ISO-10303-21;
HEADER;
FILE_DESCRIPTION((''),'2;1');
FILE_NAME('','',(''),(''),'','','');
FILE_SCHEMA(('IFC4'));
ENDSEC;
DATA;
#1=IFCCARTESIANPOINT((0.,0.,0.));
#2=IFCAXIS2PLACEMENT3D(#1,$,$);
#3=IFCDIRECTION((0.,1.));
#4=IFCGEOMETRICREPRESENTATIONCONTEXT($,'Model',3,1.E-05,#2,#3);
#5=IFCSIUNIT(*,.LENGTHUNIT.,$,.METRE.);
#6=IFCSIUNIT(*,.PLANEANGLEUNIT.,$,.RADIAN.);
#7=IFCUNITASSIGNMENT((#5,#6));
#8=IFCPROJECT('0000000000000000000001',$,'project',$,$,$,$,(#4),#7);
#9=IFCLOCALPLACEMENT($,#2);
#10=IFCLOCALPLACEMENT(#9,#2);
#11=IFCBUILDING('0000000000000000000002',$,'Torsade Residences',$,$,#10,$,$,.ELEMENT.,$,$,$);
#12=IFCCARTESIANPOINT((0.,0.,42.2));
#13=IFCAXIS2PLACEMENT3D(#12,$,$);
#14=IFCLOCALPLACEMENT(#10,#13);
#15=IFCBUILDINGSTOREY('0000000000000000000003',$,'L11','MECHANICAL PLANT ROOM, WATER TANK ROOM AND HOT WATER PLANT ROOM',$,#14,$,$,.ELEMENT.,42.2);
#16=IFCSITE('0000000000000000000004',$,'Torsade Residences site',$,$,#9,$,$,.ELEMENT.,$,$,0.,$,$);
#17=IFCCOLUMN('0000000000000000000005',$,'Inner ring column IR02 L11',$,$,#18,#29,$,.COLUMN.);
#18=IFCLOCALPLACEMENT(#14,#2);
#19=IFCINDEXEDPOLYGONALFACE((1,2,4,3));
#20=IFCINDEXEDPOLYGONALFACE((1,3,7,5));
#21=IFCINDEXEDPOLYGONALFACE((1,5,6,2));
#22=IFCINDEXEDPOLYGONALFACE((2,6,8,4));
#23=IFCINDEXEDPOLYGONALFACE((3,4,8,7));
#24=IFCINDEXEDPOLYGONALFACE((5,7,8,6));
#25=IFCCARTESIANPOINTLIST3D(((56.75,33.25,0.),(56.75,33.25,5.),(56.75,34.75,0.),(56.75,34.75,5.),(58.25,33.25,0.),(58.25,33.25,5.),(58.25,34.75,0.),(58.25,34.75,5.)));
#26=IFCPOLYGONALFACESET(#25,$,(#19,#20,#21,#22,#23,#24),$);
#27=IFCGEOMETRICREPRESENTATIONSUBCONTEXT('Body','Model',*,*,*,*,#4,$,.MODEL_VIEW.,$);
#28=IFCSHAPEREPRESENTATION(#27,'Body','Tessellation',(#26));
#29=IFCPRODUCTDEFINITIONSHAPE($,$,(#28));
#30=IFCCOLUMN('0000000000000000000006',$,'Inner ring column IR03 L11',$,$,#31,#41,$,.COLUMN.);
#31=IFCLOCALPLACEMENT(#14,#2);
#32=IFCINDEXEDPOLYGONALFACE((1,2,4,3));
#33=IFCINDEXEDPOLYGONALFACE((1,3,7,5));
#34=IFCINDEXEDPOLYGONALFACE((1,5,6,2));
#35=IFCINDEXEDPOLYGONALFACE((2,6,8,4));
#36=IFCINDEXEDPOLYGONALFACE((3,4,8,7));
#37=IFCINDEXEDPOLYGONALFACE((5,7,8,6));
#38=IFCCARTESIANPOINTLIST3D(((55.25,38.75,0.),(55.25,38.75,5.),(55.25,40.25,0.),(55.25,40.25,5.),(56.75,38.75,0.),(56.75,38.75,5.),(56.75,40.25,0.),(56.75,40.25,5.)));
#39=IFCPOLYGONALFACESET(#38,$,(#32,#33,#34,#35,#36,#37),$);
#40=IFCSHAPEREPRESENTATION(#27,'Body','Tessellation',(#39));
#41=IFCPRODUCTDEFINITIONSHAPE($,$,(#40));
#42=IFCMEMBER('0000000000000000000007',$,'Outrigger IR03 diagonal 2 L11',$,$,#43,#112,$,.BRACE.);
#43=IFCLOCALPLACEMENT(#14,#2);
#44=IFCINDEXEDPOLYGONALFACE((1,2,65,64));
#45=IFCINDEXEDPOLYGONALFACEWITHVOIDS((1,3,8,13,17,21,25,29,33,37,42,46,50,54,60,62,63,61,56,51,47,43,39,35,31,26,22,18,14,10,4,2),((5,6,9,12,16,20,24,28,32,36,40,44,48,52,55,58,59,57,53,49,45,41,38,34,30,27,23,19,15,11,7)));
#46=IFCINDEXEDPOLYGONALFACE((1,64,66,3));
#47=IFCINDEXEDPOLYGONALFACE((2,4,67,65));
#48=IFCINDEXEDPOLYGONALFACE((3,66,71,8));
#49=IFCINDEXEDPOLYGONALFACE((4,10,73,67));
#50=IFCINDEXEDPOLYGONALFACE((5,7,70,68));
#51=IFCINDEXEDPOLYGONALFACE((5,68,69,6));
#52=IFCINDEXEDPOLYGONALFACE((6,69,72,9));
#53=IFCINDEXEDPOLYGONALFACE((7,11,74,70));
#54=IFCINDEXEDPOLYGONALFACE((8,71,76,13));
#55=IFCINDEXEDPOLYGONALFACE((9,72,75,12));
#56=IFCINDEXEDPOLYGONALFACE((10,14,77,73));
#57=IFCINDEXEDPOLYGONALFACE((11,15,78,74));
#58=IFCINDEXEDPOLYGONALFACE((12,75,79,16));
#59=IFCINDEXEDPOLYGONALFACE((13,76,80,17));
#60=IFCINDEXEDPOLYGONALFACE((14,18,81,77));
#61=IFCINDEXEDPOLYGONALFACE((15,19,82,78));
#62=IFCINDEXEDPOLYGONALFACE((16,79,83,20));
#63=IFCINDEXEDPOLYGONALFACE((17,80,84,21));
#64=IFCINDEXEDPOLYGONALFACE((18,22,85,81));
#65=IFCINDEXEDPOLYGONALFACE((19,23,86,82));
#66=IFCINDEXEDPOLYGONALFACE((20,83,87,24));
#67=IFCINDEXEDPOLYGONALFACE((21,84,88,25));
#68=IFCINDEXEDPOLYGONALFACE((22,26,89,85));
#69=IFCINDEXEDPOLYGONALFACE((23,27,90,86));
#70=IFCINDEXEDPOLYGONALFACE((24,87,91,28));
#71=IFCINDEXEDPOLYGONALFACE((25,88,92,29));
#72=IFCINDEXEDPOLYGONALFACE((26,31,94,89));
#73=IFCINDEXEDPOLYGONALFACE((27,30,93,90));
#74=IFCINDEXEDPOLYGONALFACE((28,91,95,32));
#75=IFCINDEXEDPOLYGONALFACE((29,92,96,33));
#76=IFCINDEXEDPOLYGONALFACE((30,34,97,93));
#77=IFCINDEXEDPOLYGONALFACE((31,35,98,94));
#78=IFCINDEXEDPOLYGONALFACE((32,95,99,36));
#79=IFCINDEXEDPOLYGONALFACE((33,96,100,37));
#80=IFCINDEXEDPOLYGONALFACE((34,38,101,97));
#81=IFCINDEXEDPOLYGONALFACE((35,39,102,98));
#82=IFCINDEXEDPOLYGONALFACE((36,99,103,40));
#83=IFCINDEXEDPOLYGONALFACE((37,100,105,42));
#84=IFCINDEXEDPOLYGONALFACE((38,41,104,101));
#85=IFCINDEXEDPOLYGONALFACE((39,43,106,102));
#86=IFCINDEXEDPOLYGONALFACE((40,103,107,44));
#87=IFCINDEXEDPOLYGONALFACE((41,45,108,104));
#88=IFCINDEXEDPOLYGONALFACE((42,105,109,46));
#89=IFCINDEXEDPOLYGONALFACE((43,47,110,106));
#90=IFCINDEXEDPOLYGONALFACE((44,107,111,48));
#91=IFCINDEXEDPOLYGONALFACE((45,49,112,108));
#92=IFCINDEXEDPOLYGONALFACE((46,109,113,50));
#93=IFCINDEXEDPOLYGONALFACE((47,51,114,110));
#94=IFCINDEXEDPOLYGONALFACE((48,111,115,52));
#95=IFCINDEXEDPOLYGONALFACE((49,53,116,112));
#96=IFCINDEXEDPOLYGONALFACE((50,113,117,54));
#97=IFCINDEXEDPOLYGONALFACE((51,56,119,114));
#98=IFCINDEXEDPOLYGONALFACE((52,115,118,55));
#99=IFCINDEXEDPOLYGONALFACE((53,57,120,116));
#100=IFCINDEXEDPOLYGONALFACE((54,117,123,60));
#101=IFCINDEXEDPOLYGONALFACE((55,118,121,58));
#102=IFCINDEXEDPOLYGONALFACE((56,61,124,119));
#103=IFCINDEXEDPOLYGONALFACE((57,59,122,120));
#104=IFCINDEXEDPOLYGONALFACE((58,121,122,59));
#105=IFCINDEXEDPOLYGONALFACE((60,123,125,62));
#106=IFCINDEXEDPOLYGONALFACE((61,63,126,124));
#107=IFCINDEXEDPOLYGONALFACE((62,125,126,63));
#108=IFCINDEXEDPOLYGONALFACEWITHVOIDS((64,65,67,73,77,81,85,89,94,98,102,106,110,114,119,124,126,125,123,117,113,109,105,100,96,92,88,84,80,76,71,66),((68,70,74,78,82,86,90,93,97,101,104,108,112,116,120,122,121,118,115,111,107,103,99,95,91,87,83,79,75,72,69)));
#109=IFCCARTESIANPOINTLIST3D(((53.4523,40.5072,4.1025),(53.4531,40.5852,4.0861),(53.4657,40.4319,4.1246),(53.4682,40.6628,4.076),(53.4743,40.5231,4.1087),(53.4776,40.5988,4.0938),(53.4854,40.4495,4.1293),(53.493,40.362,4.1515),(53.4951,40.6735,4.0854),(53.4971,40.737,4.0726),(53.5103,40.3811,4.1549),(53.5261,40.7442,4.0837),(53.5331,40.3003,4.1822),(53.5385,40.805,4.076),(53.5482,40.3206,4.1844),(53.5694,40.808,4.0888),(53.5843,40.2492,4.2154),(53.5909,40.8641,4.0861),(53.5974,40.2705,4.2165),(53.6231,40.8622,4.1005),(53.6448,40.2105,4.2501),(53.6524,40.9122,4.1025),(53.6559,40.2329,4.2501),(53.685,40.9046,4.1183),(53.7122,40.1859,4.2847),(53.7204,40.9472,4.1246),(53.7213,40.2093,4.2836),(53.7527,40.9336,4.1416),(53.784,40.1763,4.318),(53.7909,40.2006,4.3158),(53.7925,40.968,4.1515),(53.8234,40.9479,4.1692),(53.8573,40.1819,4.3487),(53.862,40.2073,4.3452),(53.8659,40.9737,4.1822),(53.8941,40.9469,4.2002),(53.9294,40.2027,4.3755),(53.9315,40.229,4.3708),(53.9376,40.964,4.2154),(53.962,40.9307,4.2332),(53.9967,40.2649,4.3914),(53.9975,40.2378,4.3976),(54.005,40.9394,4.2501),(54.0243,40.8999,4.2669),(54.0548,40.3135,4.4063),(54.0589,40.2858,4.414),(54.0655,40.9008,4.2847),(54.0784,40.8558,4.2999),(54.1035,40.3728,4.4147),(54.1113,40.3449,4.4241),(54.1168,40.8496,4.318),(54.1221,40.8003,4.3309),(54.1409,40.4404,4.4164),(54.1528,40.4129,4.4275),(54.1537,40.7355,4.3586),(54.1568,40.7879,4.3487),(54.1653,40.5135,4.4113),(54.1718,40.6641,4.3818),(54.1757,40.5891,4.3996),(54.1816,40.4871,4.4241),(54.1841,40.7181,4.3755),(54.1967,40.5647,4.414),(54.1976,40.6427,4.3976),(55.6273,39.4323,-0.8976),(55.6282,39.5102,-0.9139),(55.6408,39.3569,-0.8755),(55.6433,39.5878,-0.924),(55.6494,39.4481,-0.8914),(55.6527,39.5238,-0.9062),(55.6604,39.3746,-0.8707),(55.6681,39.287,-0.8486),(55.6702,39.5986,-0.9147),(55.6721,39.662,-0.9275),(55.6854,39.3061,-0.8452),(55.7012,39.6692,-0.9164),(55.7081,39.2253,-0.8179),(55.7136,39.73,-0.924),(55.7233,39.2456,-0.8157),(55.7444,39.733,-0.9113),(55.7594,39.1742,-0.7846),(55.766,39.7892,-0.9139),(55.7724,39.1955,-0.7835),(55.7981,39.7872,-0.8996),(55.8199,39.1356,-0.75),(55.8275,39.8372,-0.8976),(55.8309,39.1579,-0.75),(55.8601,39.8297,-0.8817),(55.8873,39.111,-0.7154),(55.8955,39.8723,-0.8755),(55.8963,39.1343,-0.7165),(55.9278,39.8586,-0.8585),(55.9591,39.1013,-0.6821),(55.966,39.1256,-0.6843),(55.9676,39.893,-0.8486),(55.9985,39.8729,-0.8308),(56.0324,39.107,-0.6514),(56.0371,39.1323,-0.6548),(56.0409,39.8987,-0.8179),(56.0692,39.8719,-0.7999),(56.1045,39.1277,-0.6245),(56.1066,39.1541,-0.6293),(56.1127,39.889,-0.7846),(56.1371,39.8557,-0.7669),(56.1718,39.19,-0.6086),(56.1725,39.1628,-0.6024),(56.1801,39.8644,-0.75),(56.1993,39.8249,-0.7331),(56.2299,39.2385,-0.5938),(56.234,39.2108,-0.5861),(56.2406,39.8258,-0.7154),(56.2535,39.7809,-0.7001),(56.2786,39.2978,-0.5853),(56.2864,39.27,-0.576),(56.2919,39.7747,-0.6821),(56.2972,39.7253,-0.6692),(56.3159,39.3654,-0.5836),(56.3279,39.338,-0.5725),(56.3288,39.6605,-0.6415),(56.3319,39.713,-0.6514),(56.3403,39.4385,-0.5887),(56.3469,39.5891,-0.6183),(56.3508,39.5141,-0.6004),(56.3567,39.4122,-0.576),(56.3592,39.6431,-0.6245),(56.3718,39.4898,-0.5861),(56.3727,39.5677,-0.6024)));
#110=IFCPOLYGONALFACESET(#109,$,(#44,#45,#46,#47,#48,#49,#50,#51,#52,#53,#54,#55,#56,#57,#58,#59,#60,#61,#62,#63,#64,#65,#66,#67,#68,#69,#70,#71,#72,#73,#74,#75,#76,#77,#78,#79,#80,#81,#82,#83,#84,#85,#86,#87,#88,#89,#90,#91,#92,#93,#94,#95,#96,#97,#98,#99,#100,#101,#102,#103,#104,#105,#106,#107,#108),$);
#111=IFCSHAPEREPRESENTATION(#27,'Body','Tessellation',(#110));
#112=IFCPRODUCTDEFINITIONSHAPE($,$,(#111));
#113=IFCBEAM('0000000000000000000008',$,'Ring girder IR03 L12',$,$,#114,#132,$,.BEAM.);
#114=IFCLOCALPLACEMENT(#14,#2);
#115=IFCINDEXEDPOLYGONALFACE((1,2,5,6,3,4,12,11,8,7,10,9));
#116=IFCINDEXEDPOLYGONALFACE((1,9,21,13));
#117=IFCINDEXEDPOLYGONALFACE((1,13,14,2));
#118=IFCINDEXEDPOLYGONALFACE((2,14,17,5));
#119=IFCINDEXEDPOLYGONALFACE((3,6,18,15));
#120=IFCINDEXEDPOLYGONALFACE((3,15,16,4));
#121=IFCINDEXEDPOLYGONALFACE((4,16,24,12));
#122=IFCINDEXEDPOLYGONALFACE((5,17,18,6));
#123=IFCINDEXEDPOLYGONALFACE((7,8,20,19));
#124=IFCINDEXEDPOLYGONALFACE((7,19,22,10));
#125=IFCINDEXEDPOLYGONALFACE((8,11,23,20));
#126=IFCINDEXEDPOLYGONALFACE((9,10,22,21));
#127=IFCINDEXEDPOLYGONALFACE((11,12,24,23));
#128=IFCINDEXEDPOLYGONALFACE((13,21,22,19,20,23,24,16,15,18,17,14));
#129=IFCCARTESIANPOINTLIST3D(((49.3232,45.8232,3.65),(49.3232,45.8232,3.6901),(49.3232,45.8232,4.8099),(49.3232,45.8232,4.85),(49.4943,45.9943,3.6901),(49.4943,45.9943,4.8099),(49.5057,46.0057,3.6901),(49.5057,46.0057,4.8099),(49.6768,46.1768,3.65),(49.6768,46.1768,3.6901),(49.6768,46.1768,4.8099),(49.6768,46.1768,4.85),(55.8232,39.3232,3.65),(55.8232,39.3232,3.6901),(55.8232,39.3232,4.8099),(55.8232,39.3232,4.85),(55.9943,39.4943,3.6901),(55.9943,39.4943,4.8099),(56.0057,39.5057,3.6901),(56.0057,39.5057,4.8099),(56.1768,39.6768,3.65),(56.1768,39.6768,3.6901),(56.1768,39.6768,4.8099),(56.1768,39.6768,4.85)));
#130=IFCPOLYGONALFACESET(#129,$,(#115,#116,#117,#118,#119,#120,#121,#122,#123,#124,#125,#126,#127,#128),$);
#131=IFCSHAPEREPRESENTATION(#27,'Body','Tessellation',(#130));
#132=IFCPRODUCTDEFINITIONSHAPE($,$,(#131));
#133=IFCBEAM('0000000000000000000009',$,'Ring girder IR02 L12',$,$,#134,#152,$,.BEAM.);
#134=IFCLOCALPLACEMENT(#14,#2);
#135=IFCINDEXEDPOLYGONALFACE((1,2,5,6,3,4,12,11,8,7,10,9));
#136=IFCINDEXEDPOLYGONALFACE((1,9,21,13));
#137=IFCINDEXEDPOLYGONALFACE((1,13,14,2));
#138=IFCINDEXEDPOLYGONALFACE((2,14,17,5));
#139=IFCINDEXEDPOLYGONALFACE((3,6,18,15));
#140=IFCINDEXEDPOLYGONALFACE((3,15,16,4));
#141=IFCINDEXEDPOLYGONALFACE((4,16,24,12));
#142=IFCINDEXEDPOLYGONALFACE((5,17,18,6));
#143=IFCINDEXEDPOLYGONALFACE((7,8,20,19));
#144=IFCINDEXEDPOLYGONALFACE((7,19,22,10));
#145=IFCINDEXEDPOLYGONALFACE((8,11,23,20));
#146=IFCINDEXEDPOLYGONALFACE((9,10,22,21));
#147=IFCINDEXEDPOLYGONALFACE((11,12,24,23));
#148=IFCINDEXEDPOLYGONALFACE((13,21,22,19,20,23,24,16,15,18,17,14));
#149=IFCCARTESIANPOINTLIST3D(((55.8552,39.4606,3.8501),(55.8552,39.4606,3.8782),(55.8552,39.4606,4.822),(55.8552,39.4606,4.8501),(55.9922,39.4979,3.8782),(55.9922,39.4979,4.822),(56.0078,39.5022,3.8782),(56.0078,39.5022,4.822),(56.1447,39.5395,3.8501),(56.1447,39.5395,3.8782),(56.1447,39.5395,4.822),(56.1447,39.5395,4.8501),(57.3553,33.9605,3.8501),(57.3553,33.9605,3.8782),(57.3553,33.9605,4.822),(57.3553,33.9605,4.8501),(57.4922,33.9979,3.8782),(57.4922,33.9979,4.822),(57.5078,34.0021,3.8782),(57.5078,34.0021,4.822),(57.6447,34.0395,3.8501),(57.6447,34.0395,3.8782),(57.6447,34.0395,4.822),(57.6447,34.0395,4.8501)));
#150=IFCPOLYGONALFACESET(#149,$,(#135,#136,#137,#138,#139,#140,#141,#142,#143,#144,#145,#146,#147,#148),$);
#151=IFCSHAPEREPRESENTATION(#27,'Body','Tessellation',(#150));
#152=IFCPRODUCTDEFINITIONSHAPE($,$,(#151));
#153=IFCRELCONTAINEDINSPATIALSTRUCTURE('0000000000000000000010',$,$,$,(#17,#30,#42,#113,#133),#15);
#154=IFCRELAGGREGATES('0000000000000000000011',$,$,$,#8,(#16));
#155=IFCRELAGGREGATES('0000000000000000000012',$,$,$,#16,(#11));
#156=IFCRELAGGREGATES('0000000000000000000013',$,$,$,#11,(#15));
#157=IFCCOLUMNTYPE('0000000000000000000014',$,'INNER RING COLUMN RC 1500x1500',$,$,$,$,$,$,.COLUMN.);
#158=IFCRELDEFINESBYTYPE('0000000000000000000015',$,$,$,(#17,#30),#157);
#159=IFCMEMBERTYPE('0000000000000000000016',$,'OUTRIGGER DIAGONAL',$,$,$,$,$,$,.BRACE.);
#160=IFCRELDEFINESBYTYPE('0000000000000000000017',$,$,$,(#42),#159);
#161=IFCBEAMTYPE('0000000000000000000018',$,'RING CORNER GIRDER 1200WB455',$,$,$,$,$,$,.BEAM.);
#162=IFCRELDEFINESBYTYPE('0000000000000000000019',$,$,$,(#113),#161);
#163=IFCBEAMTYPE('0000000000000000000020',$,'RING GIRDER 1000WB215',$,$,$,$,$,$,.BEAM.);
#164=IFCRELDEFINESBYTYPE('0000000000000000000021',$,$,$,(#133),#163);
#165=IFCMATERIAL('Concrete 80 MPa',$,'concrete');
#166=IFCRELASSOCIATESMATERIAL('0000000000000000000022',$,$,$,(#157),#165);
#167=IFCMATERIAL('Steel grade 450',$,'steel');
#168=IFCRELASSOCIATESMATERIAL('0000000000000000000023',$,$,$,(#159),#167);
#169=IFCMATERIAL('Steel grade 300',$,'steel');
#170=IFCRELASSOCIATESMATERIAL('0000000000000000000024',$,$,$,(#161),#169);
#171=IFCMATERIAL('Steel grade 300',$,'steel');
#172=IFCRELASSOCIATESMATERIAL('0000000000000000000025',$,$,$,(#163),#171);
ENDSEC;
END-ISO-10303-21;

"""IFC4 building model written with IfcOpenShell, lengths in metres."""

from ifc_helpers import new_model, si_unit, direction, frame, origin, origin_2d, place, context, subcontext, project, spatial, rectangle, hollow_circle, i_section, extrude, material, material_profile, profile_set, type_object, element, save


model = new_model("IFC4")

# Units and contexts
model_context = context("Model", 3, precision=1e-05, world=origin(), true_north=direction((0.0, 1.0)))
body_context = subcontext(model_context, "Body", "Model", "MODEL_VIEW")
ifc_project = project(units=[si_unit("LENGTHUNIT", "METRE"), si_unit("PLANEANGLEUNIT", "RADIAN")], contexts=[model_context])

# Site, building, storey
site_placement = place(None, origin())
site = spatial("IfcSite", under=ifc_project, at=site_placement, Name="Torsade Residences site", CompositionType="ELEMENT", RefElevation=0.0)
building_placement = place(site_placement, origin())
building = spatial("IfcBuilding", under=site, at=building_placement, Name="Torsade Residences", CompositionType="ELEMENT")
storey_placement = place(building_placement, frame((0.0, 0.0, 42.2)))
storey = spatial("IfcBuildingStorey", under=building, at=storey_placement, Name="L11", Description="MECHANICAL PLANT ROOM, WATER TANK ROOM AND HOT WATER PLANT ROOM", CompositionType="ELEMENT", Elevation=42.2)

# Columns
ifc_material_1 = material(Name="Concrete 80 MPa", Category="concrete")
ifc_material_profile_1 = material_profile(ifc_material_1, rectangle(XDim=1.5, YDim=1.5, at=origin_2d()), Name="RC 1500x1500")
ifc_profile_set_1 = profile_set([ifc_material_profile_1], Name="Concrete 80 MPa")
column_type = type_object("IfcColumnType", Name="INNER RING COLUMN RC 1500x1500", PredefinedType="COLUMN", material=ifc_profile_set_1)
for number, where, z_axis, x_axis, name in (
    (1, (57.5, 34.0, 0.0), (0.0, 0.0, 1.0), (1.0, 0.0, 0.0), "Inner ring column IR02 L11"),
    (2, (56.0, 39.5, 0.0), (0.0, 0.0, 1.0), (1.0, 0.0, 0.0), "Inner ring column IR03 L11"),
):
    element("IfcColumn", number, at=place(storey_placement, frame(where, z_axis=z_axis, x_axis=x_axis)), inside=storey, type_object=column_type, Name=name, PredefinedType="COLUMN", context=body_context, shape_type="SweptSolid", body=[
        extrude(rectangle(XDim=1.5, YDim=1.5, at=origin_2d()), origin(), (0.0, 0.0, 1.0), 5.0),
    ])

# Member
ifc_material_2 = material(Name="Steel grade 450", Category="steel")
ifc_material_profile_2 = material_profile(ifc_material_2, hollow_circle(Radius=0.4065, WallThickness=0.0249, at=origin_2d()), Name="813.0x25.0CHS")
ifc_profile_set_2 = profile_set([ifc_material_profile_2], Name="Steel grade 450")
member_type_1 = type_object("IfcMemberType", Name="OUTRIGGER DIAGONAL", PredefinedType="BRACE", material=ifc_profile_set_2)
member_1_placement = place(storey_placement, frame((56.0, 39.5, -0.75), z_axis=(-0.391368, 0.193422, 0.899677), x_axis=(-0.443063, -0.896491, 0.0)))
element("IfcMember", 3, at=member_1_placement, inside=storey, type_object=member_type_1, Name="Outrigger IR03 diagonal 2 L11", PredefinedType="BRACE", context=body_context, shape_type="SweptSolid", body=[
    extrude(hollow_circle(Radius=0.4065, WallThickness=0.0249, at=origin_2d()), origin(), (0.0, 0.0, 1.0), 5.5576),
])

# Beams
ifc_material_3 = material(Name="Steel grade 300", Category="steel")
ifc_material_profile_3 = material_profile(ifc_material_3, i_section(OverallWidth=0.5, OverallDepth=1.2, WebThickness=0.0161, FlangeThickness=0.04, at=origin_2d()), Name="1200WB455")
ifc_profile_set_3 = profile_set([ifc_material_profile_3], Name="Steel grade 300")
beam_type_1 = type_object("IfcBeamType", Name="RING CORNER GIRDER 1200WB455", PredefinedType="BEAM", material=ifc_profile_set_3)
beam_1_placement = place(storey_placement, frame((56.0, 39.5, 4.25), z_axis=(-0.707107, 0.707107, 0.0), x_axis=(-0.707107, -0.707107, 0.0)))
element("IfcBeam", 4, at=beam_1_placement, inside=storey, type_object=beam_type_1, Name="Ring girder IR03 L12", PredefinedType="BEAM", context=body_context, shape_type="SweptSolid", body=[
    extrude(i_section(OverallWidth=0.5, OverallDepth=1.2, WebThickness=0.0161, FlangeThickness=0.04, at=origin_2d()), origin(), (0.0, 0.0, 1.0), 9.1924),
])
ifc_material_4 = material(Name="Steel grade 300", Category="steel")
ifc_material_profile_4 = material_profile(ifc_material_4, i_section(OverallWidth=0.3, OverallDepth=1.0, WebThickness=0.0161, FlangeThickness=0.0281, at=origin_2d()), Name="1000WB215")
ifc_profile_set_4 = profile_set([ifc_material_profile_4], Name="Steel grade 300")
beam_type_2 = type_object("IfcBeamType", Name="RING GIRDER 1000WB215", PredefinedType="BEAM", material=ifc_profile_set_4)
beam_2_placement = place(storey_placement, frame((57.5, 34.0, 4.3501), z_axis=(-0.263117, 0.964764, 0.0), x_axis=(-0.964764, -0.263117, 0.0)))
element("IfcBeam", 5, at=beam_2_placement, inside=storey, type_object=beam_type_2, Name="Ring girder IR02 L12", PredefinedType="BEAM", context=body_context, shape_type="SweptSolid", body=[
    extrude(i_section(OverallWidth=0.3, OverallDepth=1.0, WebThickness=0.0161, FlangeThickness=0.0281, at=origin_2d()), origin(), (0.0, 0.0, 1.0), 5.7009),
])

save(model, "model.ifc")
